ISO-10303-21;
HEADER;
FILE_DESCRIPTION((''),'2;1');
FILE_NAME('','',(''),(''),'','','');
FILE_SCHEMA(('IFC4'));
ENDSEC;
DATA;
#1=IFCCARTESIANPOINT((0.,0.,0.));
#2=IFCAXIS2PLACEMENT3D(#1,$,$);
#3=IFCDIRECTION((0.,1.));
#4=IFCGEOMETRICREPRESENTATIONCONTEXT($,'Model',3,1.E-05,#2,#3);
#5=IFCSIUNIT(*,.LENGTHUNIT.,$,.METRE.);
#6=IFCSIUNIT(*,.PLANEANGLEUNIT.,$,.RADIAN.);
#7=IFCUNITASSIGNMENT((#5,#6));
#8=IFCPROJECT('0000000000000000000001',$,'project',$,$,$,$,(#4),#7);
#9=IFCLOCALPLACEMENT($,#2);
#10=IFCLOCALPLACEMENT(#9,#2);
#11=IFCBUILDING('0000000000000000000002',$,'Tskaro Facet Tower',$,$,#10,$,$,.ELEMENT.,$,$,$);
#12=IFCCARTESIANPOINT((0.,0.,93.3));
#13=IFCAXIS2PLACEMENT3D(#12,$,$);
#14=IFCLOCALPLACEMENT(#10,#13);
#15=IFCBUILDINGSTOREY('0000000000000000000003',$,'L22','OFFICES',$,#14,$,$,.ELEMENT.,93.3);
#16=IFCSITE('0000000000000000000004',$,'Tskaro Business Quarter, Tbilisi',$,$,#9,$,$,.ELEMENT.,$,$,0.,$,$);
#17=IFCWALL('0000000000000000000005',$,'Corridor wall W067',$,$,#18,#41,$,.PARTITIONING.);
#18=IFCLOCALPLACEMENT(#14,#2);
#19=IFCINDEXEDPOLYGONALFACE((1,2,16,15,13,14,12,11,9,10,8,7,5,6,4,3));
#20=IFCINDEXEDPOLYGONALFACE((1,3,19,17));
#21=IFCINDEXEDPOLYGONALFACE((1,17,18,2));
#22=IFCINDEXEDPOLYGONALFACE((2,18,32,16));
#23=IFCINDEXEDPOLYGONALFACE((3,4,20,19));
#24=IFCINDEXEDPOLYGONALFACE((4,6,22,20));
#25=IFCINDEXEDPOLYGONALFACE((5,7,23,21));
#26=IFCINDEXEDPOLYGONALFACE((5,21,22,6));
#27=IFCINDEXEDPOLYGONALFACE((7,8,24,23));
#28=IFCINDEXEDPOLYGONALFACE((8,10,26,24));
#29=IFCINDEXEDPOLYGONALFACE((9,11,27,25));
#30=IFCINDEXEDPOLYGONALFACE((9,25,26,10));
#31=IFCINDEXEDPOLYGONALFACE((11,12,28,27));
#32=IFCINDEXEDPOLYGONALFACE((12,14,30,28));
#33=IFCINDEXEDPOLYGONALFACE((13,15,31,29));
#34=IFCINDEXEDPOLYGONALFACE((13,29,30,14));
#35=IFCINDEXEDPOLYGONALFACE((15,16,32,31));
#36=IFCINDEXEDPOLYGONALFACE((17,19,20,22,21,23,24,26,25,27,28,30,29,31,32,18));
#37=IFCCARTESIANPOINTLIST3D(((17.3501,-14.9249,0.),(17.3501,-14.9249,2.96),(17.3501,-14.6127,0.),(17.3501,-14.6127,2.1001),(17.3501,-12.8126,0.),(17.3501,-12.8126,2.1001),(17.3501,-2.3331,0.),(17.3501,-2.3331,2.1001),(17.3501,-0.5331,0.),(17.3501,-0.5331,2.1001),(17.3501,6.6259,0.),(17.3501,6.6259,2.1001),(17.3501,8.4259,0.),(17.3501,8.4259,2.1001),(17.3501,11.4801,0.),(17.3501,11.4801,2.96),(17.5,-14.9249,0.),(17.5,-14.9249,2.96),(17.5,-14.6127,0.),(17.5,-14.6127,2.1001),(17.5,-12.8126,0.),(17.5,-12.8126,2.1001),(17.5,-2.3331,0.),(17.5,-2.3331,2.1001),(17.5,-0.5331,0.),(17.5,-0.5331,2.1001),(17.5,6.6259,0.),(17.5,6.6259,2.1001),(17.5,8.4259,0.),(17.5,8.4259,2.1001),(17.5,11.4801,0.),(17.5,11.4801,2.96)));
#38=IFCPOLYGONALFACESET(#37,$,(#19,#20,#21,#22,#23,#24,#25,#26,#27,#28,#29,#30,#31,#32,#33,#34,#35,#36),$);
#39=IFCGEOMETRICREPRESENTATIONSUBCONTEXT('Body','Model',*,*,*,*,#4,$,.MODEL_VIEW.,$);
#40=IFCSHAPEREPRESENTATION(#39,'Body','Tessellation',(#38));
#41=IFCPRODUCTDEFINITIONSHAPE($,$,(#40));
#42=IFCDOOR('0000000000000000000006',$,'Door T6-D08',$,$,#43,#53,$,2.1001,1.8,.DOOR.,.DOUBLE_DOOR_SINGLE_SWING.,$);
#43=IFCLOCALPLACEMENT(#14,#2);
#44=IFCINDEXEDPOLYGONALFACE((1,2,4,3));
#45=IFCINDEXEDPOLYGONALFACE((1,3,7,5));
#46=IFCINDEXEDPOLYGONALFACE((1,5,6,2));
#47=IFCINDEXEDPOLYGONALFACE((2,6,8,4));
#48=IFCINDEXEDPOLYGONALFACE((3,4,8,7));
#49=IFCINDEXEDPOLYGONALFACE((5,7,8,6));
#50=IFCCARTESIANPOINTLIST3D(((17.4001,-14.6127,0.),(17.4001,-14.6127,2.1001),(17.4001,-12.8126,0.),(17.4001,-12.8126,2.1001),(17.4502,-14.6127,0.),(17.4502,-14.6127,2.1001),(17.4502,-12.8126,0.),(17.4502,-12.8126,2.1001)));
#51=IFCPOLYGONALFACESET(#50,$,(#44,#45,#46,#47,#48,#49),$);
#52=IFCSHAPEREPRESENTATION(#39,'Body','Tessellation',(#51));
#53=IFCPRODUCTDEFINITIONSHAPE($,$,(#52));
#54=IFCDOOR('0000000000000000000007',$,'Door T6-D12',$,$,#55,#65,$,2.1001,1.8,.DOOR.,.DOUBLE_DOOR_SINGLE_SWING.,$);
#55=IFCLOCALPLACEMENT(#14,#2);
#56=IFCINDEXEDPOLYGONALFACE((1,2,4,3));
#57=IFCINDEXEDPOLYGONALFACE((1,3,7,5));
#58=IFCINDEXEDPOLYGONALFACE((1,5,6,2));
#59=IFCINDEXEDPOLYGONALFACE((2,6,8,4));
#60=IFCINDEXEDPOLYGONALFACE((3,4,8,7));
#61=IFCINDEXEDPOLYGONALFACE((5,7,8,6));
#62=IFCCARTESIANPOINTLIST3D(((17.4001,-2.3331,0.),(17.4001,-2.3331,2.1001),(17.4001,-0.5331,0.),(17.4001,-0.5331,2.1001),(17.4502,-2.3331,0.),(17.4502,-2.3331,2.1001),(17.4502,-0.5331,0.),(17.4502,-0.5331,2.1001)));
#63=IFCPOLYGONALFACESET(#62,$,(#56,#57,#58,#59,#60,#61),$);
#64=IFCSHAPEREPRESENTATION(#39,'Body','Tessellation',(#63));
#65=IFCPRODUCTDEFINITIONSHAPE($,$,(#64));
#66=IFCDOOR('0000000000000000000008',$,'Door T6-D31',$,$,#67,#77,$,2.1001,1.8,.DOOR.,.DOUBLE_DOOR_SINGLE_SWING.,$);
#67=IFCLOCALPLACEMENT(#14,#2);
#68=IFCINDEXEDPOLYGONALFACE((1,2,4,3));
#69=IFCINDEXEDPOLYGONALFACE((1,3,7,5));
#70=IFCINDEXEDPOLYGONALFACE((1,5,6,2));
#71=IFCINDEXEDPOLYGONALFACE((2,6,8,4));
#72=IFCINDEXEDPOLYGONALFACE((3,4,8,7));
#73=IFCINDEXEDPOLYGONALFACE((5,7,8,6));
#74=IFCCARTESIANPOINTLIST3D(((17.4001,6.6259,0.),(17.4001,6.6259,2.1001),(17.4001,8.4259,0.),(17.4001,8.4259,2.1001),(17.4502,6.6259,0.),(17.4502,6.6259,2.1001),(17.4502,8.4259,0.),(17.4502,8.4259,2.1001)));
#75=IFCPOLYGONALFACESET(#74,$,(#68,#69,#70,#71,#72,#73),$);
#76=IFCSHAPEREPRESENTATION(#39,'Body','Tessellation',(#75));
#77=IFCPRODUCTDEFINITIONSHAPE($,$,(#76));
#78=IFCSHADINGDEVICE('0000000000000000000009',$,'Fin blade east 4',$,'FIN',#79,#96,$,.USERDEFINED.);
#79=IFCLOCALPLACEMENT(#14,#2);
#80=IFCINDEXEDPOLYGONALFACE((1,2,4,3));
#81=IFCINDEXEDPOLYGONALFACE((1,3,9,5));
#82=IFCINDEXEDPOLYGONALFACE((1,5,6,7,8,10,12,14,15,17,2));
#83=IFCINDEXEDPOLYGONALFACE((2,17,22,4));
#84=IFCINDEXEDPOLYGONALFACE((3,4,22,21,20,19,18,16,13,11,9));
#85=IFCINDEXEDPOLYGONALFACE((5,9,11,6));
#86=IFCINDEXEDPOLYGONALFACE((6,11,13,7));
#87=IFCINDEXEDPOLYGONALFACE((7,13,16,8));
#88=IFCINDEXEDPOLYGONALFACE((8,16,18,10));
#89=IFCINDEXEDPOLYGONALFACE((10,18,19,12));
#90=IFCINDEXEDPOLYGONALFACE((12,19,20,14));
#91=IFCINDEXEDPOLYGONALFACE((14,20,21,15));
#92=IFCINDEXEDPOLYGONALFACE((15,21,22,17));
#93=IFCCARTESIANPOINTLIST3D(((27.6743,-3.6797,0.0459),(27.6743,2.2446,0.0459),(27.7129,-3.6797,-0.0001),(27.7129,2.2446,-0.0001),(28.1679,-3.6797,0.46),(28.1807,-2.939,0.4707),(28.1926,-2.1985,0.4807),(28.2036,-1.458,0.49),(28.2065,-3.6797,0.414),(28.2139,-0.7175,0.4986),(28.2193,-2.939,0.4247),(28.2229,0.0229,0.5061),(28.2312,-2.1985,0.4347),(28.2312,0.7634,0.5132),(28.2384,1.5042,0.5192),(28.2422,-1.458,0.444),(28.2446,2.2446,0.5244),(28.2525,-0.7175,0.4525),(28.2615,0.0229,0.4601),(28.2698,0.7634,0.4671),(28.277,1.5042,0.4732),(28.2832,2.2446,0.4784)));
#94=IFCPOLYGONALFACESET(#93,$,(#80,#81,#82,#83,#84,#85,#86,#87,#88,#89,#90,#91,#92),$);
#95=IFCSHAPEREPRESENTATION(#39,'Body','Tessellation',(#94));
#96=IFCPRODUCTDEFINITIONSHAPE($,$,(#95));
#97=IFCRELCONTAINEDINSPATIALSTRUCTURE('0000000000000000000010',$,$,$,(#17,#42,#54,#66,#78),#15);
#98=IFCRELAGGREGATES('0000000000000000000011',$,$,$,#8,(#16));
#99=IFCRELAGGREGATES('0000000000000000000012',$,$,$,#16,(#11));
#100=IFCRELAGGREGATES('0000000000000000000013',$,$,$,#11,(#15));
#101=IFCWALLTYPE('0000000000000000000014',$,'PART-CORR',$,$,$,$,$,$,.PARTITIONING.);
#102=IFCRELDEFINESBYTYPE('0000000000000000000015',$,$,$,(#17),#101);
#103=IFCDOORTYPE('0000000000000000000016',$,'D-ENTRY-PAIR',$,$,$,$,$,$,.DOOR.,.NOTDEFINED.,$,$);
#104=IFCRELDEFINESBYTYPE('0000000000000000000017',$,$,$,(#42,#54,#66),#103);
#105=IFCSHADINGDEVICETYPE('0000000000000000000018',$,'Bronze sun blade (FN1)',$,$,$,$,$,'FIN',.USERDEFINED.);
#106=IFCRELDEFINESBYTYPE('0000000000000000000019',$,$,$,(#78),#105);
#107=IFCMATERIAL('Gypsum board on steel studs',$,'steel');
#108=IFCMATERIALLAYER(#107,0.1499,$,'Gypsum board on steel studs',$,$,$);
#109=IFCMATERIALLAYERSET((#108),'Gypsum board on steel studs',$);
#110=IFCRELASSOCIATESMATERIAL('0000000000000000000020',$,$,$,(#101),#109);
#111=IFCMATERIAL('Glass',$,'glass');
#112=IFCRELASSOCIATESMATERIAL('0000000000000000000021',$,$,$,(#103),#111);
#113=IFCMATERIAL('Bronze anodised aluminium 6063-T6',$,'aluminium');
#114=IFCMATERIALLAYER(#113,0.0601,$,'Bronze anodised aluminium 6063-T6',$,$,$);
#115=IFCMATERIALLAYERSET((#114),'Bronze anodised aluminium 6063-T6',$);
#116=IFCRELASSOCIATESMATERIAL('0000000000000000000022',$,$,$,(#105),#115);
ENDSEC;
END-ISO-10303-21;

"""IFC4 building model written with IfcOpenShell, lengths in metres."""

from ifc_helpers import new_model, si_unit, direction, frame, frame_2d, origin, place, context, subcontext, project, spatial, polyline, rectangle, outline, extrude, material, layer, layer_set, type_object, element, fill, save


model = new_model("IFC4")

# Units and contexts
model_context = context("Model", 3, precision=1e-05, world=origin(), true_north=direction((0.0, 1.0)))
body_context = subcontext(model_context, "Body", "Model", "MODEL_VIEW")
ifc_project = project(units=[si_unit("LENGTHUNIT", "METRE"), si_unit("PLANEANGLEUNIT", "RADIAN")], contexts=[model_context])

# Site, building, storey
site_placement = place(None, origin())
site = spatial("IfcSite", under=ifc_project, at=site_placement, Name="Tskaro Business Quarter, Tbilisi", CompositionType="ELEMENT", RefElevation=0.0)
building_placement = place(site_placement, origin())
building = spatial("IfcBuilding", under=site, at=building_placement, Name="Tskaro Facet Tower", CompositionType="ELEMENT")
storey_placement = place(building_placement, frame((0.0, 0.0, 93.3)))
storey = spatial("IfcBuildingStorey", under=building, at=storey_placement, Name="L22", Description="OFFICES", CompositionType="ELEMENT", Elevation=93.3)

# Shared definitions
ifc_material_1 = material(Name="Bronze anodised aluminium 6063-T6", Category="aluminium")

# Shared definitions
ifc_material_2 = material(Name="Gypsum board on steel studs", Category="steel")
ifc_layer_1 = layer(ifc_material_2, 0.1499, Name="Gypsum board on steel studs")
ifc_layer_set_1 = layer_set([ifc_layer_1], Name="Gypsum board on steel studs")
wall_type = type_object("IfcWallType", Name="PART-CORR", PredefinedType="PARTITIONING", material=ifc_layer_set_1)

# Wall, openings, doors
wall_1_placement = place(storey_placement, frame((17.425, -14.925, 0.0), z_axis=(0.0, 0.0, 1.0), x_axis=(0.0, 1.0, 0.0)))
wall_1 = element("IfcWall", 1, at=wall_1_placement, inside=storey, type_object=wall_type, Name="Corridor wall W067", PredefinedType="PARTITIONING", context=body_context, shape_type="SweptSolid", body=[
    extrude(rectangle(XDim=26.405, YDim=0.1499, at=frame_2d((13.2026, 0.0))), origin(), (0.0, 0.0, 1.0), 2.96),
])
opening_1_placement = place(wall_1_placement, frame((0.3125, 0.0, 0.0)))
opening_1 = element("IfcOpeningElement", 2, at=opening_1_placement, cuts=wall_1, PredefinedType="OPENING", context=body_context, shape_type="SweptSolid", body=[
    extrude(rectangle(XDim=1.8, YDim=2.1001, at=frame_2d((0.8999, 1.05))), frame((0.0, 0.085, 0.0), z_axis=(0.0, -1.0, 0.0), x_axis=(1.0, 0.0, 0.0)), (0.0, 0.0, 1.0), 0.1699),
])
opening_2_placement = place(wall_1_placement, frame((12.592, 0.0, 0.0)))
opening_2 = element("IfcOpeningElement", 3, at=opening_2_placement, cuts=wall_1, PredefinedType="OPENING", context=body_context, shape_type="SweptSolid", body=[
    extrude(rectangle(XDim=1.8, YDim=2.1001, at=frame_2d((0.8999, 1.05))), frame((0.0, 0.085, 0.0), z_axis=(0.0, -1.0, 0.0), x_axis=(1.0, 0.0, 0.0)), (0.0, 0.0, 1.0), 0.1699),
])
opening_3_placement = place(wall_1_placement, frame((21.551, 0.0, 0.0)))
opening_3 = element("IfcOpeningElement", 4, at=opening_3_placement, cuts=wall_1, PredefinedType="OPENING", context=body_context, shape_type="SweptSolid", body=[
    extrude(rectangle(XDim=1.8, YDim=2.1001, at=frame_2d((0.8999, 1.05))), frame((0.0, 0.085, 0.0), z_axis=(0.0, -1.0, 0.0), x_axis=(1.0, 0.0, 0.0)), (0.0, 0.0, 1.0), 0.1699),
])
ifc_material_3 = material(Name="Glass", Category="glass")
door_type = type_object("IfcDoorType", Name="D-ENTRY-PAIR", OperationType="NOTDEFINED", PredefinedType="DOOR", material=ifc_material_3)
door_1_placement = place(opening_1_placement, origin())
door_1 = element("IfcDoor", 5, at=door_1_placement, inside=storey, type_object=door_type, Name="Door T6-D08", OperationType="DOUBLE_DOOR_SINGLE_SWING", OverallHeight=2.1001, OverallWidth=1.8, PredefinedType="DOOR", context=body_context, shape_type="SweptSolid", body=[
    extrude(rectangle(XDim=1.8, YDim=2.1001, at=frame_2d((0.8999, 1.05))), frame((0.0, 0.0249, 0.0), z_axis=(0.0, -1.0, 0.0), x_axis=(1.0, 0.0, 0.0)), (0.0, 0.0, 1.0), 0.05),
])
fill(opening_1, door_1)
door_2_placement = place(opening_2_placement, origin())
door_2 = element("IfcDoor", 6, at=door_2_placement, inside=storey, type_object=door_type, Name="Door T6-D12", OperationType="DOUBLE_DOOR_SINGLE_SWING", OverallHeight=2.1001, OverallWidth=1.8, PredefinedType="DOOR", context=body_context, shape_type="SweptSolid", body=[
    extrude(rectangle(XDim=1.8, YDim=2.1001, at=frame_2d((0.8999, 1.05))), frame((0.0, 0.0249, 0.0), z_axis=(0.0, -1.0, 0.0), x_axis=(1.0, 0.0, 0.0)), (0.0, 0.0, 1.0), 0.05),
])
fill(opening_2, door_2)
door_3_placement = place(opening_3_placement, origin())
door_3 = element("IfcDoor", 7, at=door_3_placement, inside=storey, type_object=door_type, Name="Door T6-D31", OperationType="DOUBLE_DOOR_SINGLE_SWING", OverallHeight=2.1001, OverallWidth=1.8, PredefinedType="DOOR", context=body_context, shape_type="SweptSolid", body=[
    extrude(rectangle(XDim=1.8, YDim=2.1001, at=frame_2d((0.8999, 1.05))), frame((0.0, 0.0249, 0.0), z_axis=(0.0, -1.0, 0.0), x_axis=(1.0, 0.0, 0.0)), (0.0, 0.0, 1.0), 0.05),
])
fill(opening_3, door_3)

# Shading device
ifc_layer_2 = layer(ifc_material_1, 0.0601, Name="Bronze anodised aluminium 6063-T6")
ifc_layer_set_2 = layer_set([ifc_layer_2], Name="Bronze anodised aluminium 6063-T6")
shading_device_type = type_object("IfcShadingDeviceType", Name="Bronze sun blade (FN1)", ElementType="FIN", PredefinedType="USERDEFINED", material=ifc_layer_set_2)
shading_device_1_placement = place(storey_placement, frame((27.6743, -3.6797, 0.0459), z_axis=(-0.642704, -0.000009, 0.766115), x_axis=(-0.000006, 1.0, 0.000007)))
element("IfcShadingDevice", 8, at=shading_device_1_placement, inside=storey, type_object=shading_device_type, Name="Fin blade east 4", ObjectType="FIN", PredefinedType="USERDEFINED", context=body_context, shape_type="SweptSolid", body=[
    extrude(outline(polyline([(0.0, 0.0), (5.9243, 0.0), (5.9243, -0.7445), (5.1838, -0.7363), (4.4431, -0.727), (3.7026, -0.7161), (2.9622, -0.7043), (2.2217, -0.6909), (1.4812, -0.6765), (0.7407, -0.6609), (0.0, -0.6443), (0.0, 0.0)])), origin(), (0.0, 0.0, -1.0), 0.0601),
])

save(model, "model.ifc")
